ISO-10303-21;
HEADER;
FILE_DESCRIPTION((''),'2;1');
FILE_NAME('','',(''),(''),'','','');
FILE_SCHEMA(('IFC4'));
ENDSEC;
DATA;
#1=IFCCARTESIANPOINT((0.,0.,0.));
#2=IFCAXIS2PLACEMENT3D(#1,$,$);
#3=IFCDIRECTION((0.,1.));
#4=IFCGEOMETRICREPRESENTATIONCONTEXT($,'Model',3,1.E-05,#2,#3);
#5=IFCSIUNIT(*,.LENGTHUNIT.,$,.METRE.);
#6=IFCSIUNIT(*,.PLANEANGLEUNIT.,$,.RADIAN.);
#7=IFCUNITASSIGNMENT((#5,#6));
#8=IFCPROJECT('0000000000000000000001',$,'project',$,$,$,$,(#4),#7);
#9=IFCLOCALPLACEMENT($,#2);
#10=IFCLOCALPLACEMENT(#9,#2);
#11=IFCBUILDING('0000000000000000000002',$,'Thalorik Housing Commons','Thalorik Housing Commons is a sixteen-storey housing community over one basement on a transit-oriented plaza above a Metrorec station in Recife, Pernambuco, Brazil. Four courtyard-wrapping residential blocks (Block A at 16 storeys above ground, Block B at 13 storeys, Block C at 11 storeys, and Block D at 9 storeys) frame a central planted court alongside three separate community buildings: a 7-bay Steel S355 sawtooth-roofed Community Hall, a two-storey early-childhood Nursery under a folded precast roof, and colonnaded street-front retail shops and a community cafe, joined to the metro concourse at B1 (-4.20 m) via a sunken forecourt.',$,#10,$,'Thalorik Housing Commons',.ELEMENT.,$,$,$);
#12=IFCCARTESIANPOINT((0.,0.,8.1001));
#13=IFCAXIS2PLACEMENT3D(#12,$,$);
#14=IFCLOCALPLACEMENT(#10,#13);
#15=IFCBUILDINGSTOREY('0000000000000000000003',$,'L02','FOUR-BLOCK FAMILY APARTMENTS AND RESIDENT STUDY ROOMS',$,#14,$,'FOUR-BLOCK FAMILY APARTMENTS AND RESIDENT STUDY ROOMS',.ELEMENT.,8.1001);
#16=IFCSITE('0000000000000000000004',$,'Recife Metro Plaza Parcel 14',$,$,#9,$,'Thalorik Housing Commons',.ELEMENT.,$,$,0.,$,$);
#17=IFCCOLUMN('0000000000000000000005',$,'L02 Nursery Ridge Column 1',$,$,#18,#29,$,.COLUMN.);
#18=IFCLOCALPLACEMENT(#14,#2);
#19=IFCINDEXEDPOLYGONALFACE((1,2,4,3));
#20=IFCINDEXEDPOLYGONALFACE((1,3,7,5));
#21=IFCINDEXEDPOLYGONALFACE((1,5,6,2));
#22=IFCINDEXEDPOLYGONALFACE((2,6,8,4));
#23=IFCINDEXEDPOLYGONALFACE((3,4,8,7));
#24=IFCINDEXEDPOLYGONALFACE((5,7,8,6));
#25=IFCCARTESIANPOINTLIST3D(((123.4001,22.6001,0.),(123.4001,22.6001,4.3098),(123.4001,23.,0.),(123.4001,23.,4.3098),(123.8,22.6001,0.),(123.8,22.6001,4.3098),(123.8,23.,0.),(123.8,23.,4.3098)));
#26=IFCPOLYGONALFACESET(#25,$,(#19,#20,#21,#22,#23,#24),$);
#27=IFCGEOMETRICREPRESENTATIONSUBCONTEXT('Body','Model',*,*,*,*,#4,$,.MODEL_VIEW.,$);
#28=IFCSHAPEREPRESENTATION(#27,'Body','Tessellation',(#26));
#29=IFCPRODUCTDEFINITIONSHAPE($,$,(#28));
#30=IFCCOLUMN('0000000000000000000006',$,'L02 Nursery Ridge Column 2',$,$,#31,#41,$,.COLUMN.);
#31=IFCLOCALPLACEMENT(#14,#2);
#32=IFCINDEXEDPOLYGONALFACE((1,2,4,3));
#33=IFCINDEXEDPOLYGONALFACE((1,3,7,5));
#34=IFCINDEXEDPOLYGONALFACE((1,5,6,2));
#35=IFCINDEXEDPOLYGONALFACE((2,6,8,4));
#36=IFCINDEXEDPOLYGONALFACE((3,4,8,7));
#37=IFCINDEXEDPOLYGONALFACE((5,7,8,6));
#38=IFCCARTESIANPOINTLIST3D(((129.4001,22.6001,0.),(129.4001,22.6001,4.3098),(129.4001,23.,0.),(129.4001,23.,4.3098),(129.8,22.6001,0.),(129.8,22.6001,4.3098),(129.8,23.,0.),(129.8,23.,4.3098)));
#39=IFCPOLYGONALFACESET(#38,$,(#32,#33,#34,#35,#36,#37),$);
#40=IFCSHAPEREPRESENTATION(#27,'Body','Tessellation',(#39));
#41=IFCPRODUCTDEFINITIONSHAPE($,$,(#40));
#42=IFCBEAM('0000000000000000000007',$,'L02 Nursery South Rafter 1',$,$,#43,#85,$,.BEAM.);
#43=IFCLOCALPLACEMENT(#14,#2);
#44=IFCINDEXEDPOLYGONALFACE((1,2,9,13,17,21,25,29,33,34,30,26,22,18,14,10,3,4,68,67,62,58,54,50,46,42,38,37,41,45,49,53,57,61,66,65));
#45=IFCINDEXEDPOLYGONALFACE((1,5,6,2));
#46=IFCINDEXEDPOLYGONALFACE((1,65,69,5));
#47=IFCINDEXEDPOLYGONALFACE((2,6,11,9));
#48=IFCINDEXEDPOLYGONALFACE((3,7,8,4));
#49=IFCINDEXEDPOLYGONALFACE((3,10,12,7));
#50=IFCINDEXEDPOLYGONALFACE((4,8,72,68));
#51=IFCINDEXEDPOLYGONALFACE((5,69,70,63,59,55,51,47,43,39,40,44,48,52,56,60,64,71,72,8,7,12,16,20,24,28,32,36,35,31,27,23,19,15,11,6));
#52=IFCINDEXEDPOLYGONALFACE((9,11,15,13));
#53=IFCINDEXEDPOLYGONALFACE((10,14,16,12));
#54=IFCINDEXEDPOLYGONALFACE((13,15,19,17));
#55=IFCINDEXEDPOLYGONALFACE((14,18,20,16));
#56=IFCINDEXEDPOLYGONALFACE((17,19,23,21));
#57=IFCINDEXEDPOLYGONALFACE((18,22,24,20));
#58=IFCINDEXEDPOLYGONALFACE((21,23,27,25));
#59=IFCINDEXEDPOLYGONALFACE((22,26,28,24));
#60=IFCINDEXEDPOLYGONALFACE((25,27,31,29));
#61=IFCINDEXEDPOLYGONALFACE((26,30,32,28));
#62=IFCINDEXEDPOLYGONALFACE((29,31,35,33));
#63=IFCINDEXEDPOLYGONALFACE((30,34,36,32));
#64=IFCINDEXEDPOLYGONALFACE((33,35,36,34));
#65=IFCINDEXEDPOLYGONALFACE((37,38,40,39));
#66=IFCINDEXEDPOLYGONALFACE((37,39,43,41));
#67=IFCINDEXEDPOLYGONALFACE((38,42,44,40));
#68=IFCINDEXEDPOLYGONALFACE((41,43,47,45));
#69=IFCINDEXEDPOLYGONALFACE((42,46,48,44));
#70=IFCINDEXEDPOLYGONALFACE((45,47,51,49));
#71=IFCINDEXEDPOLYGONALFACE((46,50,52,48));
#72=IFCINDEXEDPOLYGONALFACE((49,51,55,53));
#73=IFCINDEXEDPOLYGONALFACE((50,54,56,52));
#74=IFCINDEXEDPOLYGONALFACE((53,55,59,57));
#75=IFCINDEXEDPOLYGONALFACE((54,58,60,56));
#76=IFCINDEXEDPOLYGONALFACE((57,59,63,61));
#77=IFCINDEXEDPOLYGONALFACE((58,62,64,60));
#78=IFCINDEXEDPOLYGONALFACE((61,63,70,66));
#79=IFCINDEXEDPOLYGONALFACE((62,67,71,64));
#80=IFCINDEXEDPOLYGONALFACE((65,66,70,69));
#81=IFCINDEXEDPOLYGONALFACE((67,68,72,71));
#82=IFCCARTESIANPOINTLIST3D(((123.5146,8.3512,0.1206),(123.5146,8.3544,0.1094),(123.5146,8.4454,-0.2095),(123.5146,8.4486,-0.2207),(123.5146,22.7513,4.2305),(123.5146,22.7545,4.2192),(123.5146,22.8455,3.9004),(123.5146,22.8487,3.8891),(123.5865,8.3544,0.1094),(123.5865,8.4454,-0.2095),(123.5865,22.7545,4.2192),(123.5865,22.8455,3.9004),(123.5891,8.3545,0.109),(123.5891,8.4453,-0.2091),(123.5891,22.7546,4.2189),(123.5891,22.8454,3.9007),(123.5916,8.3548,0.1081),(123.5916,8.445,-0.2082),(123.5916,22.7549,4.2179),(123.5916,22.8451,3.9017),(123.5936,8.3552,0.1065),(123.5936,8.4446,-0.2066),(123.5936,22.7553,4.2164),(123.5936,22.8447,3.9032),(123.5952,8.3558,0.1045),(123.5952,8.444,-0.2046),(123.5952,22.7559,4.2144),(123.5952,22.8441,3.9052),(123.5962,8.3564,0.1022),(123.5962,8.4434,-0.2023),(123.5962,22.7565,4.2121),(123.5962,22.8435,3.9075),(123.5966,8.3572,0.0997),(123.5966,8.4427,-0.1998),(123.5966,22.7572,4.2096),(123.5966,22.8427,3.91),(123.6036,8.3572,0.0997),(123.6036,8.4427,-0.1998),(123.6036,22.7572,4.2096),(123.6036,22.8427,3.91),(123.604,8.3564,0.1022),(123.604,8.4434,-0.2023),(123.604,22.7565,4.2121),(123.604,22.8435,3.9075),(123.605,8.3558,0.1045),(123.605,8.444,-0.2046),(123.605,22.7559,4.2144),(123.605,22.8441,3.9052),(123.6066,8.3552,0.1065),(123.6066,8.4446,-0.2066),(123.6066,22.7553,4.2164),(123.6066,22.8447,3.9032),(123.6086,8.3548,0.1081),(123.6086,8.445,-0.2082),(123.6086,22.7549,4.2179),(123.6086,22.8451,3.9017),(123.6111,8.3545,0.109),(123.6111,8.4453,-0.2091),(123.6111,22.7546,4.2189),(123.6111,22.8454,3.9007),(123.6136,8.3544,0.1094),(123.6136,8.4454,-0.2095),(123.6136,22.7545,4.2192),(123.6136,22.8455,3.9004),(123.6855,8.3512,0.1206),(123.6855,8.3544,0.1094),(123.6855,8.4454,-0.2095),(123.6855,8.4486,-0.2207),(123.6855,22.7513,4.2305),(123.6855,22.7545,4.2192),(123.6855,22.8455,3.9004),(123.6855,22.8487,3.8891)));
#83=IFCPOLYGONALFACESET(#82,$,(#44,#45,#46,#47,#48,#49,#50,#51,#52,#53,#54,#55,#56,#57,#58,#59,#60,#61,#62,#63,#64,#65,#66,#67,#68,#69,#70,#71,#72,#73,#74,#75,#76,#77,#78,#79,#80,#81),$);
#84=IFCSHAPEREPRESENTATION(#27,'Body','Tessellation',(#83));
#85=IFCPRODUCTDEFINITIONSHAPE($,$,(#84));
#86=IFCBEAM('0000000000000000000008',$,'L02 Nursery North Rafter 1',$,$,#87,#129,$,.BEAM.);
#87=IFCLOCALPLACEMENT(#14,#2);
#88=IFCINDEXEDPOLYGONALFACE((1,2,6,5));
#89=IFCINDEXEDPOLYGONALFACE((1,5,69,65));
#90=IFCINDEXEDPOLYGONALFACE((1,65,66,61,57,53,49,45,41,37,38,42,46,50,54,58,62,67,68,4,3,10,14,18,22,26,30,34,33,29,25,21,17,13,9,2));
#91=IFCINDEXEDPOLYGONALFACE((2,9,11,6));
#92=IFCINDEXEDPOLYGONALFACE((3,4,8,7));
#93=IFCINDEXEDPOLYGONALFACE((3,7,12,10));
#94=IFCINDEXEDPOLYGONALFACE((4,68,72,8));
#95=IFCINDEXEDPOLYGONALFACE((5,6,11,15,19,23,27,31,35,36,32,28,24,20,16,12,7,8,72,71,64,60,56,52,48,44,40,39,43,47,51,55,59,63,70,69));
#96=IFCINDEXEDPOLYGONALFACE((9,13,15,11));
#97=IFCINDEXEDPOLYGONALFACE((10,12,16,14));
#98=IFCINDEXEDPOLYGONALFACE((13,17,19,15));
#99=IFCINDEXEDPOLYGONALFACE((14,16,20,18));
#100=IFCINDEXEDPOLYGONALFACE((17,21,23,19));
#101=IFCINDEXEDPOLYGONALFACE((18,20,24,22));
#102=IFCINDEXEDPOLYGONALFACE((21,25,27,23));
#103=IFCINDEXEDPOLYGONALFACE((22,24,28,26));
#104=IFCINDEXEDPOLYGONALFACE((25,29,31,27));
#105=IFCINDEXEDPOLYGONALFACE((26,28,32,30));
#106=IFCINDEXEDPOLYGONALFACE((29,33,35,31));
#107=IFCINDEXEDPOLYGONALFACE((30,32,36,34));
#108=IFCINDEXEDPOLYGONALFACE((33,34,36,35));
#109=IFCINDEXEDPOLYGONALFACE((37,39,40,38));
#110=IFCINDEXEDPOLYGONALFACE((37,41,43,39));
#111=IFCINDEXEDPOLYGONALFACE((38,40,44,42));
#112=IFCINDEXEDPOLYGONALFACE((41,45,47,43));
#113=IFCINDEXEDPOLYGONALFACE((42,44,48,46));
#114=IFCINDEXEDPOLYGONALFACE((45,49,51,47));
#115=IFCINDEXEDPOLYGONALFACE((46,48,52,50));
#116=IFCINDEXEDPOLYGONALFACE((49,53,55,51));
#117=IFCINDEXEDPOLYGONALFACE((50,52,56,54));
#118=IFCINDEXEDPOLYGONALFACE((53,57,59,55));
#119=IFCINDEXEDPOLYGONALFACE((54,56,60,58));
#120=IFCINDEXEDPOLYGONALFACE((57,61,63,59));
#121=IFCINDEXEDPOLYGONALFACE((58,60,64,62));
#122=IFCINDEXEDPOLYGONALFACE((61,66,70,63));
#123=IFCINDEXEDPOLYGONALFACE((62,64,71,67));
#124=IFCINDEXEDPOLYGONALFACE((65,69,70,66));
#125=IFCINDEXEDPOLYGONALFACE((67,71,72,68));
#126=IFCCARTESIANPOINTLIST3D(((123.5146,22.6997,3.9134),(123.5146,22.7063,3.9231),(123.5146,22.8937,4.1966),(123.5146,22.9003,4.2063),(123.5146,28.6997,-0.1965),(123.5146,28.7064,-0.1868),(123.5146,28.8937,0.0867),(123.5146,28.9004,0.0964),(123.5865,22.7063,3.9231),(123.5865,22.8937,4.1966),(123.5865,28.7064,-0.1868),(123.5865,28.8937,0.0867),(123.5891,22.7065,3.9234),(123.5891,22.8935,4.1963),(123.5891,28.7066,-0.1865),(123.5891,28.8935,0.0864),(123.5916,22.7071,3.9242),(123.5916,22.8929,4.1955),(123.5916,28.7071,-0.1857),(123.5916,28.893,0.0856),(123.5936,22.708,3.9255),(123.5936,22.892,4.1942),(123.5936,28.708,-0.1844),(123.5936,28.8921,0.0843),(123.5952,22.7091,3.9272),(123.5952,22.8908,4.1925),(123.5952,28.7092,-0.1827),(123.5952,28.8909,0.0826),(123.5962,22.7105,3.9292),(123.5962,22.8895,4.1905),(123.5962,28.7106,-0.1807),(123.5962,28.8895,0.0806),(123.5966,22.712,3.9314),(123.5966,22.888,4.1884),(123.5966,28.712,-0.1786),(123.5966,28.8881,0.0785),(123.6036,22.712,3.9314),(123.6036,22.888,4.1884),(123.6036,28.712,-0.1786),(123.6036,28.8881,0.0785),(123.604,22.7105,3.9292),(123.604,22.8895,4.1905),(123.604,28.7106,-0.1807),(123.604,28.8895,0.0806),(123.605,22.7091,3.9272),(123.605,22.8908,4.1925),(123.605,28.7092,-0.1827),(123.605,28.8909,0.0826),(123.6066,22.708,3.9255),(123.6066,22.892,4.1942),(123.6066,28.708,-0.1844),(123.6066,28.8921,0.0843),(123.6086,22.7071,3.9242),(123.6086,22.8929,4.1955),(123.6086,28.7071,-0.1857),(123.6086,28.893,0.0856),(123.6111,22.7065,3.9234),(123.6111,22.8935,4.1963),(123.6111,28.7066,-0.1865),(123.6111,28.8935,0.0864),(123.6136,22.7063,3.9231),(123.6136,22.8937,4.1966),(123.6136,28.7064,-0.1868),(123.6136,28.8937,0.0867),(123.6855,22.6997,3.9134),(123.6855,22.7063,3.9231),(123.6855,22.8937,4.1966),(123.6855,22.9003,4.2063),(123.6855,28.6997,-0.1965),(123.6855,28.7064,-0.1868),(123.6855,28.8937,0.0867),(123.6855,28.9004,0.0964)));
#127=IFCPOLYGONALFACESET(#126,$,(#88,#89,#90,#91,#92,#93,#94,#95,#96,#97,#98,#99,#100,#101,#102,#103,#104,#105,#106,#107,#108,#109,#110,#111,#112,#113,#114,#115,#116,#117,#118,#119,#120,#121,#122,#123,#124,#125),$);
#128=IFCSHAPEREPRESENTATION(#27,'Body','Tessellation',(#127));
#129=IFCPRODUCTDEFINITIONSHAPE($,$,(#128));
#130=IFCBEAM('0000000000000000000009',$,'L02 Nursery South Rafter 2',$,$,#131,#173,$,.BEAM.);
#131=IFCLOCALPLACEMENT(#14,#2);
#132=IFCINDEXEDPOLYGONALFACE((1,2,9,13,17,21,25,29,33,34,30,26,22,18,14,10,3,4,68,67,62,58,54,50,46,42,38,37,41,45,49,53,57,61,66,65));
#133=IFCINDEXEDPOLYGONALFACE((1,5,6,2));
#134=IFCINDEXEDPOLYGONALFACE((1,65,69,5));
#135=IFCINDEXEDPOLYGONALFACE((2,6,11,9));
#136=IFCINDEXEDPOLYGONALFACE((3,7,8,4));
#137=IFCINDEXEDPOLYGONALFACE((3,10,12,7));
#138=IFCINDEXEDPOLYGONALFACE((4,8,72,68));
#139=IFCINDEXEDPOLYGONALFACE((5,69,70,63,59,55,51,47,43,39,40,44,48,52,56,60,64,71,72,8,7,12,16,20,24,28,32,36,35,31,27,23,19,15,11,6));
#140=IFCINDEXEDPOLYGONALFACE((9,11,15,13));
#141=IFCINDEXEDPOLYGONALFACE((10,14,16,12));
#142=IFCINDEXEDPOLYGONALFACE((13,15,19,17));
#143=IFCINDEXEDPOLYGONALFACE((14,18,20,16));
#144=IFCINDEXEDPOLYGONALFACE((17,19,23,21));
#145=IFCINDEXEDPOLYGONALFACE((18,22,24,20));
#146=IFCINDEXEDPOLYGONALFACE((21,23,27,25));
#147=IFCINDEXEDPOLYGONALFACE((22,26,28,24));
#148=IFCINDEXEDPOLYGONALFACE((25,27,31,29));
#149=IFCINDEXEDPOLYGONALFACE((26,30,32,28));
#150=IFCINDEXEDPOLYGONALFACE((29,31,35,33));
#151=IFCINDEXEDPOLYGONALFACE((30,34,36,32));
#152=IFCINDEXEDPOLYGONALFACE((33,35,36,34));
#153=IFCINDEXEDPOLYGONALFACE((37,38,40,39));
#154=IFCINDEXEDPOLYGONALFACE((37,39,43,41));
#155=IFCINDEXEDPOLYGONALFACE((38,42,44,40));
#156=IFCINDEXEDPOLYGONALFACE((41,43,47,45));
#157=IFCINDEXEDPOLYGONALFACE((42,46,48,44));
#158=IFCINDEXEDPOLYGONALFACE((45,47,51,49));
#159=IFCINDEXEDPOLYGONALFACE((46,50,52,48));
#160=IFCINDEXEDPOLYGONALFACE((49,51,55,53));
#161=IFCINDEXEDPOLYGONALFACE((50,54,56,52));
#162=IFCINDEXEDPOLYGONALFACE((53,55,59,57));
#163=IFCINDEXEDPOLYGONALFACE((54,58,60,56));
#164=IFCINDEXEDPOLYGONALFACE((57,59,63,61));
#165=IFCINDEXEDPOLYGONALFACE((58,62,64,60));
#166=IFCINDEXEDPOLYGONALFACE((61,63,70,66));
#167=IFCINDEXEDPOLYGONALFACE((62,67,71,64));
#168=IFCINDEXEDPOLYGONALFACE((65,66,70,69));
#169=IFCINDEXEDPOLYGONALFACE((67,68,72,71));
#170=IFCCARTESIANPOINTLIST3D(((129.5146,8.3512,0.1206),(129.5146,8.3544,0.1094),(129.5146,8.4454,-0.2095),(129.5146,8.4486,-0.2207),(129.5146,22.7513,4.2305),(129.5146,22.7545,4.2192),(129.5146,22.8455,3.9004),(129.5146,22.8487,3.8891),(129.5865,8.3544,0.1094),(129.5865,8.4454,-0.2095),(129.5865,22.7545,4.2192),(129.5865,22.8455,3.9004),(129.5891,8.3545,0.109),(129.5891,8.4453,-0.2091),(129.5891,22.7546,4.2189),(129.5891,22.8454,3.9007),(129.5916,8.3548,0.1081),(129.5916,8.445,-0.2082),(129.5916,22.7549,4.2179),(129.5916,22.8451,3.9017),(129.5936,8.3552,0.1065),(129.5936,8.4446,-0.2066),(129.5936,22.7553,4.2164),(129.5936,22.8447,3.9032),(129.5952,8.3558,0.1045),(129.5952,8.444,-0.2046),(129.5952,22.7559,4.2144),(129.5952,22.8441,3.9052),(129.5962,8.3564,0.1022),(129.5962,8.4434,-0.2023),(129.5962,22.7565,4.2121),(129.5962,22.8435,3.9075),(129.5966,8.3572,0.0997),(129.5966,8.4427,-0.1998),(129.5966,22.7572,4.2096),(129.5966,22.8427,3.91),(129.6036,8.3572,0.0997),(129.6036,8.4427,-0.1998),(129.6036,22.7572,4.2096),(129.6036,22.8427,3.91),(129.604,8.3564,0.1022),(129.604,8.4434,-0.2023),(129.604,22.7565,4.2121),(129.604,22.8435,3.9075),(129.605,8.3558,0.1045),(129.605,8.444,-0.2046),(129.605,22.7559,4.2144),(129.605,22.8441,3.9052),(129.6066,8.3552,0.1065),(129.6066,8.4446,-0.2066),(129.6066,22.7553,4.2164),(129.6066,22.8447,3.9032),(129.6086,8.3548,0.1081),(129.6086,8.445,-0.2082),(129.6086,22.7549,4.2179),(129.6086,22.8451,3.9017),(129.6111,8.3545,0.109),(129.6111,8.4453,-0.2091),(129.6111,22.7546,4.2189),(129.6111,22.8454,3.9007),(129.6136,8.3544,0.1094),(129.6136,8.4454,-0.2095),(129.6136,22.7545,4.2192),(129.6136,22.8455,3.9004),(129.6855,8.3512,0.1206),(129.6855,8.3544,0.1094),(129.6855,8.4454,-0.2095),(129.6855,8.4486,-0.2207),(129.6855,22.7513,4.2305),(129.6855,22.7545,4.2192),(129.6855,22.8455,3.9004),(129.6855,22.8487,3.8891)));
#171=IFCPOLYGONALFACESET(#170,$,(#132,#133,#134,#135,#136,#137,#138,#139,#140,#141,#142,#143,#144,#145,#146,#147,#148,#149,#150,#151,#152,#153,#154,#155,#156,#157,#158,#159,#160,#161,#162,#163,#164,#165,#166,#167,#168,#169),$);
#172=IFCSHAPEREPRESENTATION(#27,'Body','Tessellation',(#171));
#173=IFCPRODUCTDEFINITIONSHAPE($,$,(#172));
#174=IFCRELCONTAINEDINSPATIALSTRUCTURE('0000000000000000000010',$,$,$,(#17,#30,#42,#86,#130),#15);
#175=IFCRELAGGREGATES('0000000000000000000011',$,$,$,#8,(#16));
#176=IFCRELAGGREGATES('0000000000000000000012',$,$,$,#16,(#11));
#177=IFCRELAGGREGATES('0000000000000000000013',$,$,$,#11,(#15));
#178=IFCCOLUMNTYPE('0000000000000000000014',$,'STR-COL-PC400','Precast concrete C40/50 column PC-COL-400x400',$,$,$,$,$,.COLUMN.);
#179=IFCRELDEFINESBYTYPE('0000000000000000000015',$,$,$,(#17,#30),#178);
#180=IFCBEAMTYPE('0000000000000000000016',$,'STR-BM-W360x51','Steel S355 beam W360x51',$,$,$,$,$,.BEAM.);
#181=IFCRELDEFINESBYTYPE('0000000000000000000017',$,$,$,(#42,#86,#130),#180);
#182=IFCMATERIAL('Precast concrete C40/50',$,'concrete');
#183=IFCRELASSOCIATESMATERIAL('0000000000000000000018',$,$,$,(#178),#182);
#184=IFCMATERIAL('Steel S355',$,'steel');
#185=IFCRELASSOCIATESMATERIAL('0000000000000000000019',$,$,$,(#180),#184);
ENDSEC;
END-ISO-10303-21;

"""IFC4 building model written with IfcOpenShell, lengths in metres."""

from ifc_helpers import new_model, si_unit, direction, frame, origin, origin_2d, place, context, subcontext, project, spatial, rectangle, i_section, extrude, material, material_profile, profile_set, type_object, element, save


model = new_model("IFC4")

# Units and contexts
model_context = context("Model", 3, precision=1e-05, world=origin(), true_north=direction((0.0, 1.0)))
body_context = subcontext(model_context, "Body", "Model", "MODEL_VIEW")
ifc_project = project(units=[si_unit("LENGTHUNIT", "METRE"), si_unit("PLANEANGLEUNIT", "RADIAN")], contexts=[model_context])

# Site, building, storey
site_placement = place(None, origin())
site = spatial("IfcSite", under=ifc_project, at=site_placement, Name="Recife Metro Plaza Parcel 14", LongName="Thalorik Housing Commons", CompositionType="ELEMENT", RefElevation=0.0)
building_placement = place(site_placement, origin())
building = spatial("IfcBuilding", under=site, at=building_placement, Name="Thalorik Housing Commons", Description="Thalorik Housing Commons is a sixteen-storey housing community over one basement on a transit-oriented plaza above a Metrorec station in Recife, Pernambuco, Brazil. Four courtyard-wrapping residential blocks (Block A at 16 storeys above ground, Block B at 13 storeys, Block C at 11 storeys, and Block D at 9 storeys) frame a central planted court alongside three separate community buildings: a 7-bay Steel S355 sawtooth-roofed Community Hall, a two-storey early-childhood Nursery under a folded precast roof, and colonnaded street-front retail shops and a community cafe, joined to the metro concourse at B1 (-4.20 m) via a sunken forecourt.", LongName="Thalorik Housing Commons", CompositionType="ELEMENT")
storey_placement = place(building_placement, frame((0.0, 0.0, 8.1001)))
storey = spatial("IfcBuildingStorey", under=building, at=storey_placement, Name="L02", Description="FOUR-BLOCK FAMILY APARTMENTS AND RESIDENT STUDY ROOMS", LongName="FOUR-BLOCK FAMILY APARTMENTS AND RESIDENT STUDY ROOMS", CompositionType="ELEMENT", Elevation=8.1001)

# Columns
ifc_material_1 = material(Name="Precast concrete C40/50", Category="concrete")
ifc_material_profile_1 = material_profile(ifc_material_1, rectangle(XDim=0.3999, YDim=0.3999, at=origin_2d()), Name="PC 400x400", Category="concrete")
ifc_profile_set_1 = profile_set([ifc_material_profile_1], Name="Precast concrete C40/50")
column_type = type_object("IfcColumnType", Name="STR-COL-PC400", Description="Precast concrete C40/50 column PC-COL-400x400", PredefinedType="COLUMN", material=ifc_profile_set_1)
for number, where, z_axis, x_axis, name in (
    (1, (123.6001, 22.8, 0.0), (0.0, 0.0, 1.0), (1.0, 0.0, 0.0), "L02 Nursery Ridge Column 1"),
    (2, (129.6001, 22.8, 0.0), (0.0, 0.0, 1.0), (1.0, 0.0, 0.0), "L02 Nursery Ridge Column 2"),
):
    element("IfcColumn", number, at=place(storey_placement, frame(where, z_axis=z_axis, x_axis=x_axis)), inside=storey, type_object=column_type, Name=name, PredefinedType="COLUMN", context=body_context, shape_type="SweptSolid", body=[
        extrude(rectangle(XDim=0.3999, YDim=0.3999, at=origin_2d()), origin(), (0.0, 0.0, 1.0), 4.3098),
    ])

# Beams
ifc_material_2 = material(Name="Steel S355", Category="steel")
ifc_material_profile_2 = material_profile(ifc_material_2, i_section(OverallWidth=0.1709, OverallDepth=0.355, WebThickness=0.0071, FlangeThickness=0.0117, FilletRadius=0.01, at=origin_2d()), Name="W360x51", Category="steel")
ifc_profile_set_2 = profile_set([ifc_material_profile_2], Name="Steel S355")
beam_type_1 = type_object("IfcBeamType", Name="STR-BM-W360x51", Description="Steel S355 beam W360x51", PredefinedType="BEAM", material=ifc_profile_set_2)
beam_1_placement = place(storey_placement, frame((123.6001, 8.3999, -0.05), z_axis=(0.0, 0.961603, 0.274446), x_axis=(-1.0, 0.0, 0.0)))
element("IfcBeam", 3, at=beam_1_placement, inside=storey, type_object=beam_type_1, Name="L02 Nursery South Rafter 1", PredefinedType="BEAM", context=body_context, shape_type="SweptSolid", body=[
    extrude(i_section(OverallWidth=0.1709, OverallDepth=0.355, WebThickness=0.0071, FlangeThickness=0.0117, FilletRadius=0.01, at=origin_2d()), origin(), (0.0, 0.0, 1.0), 14.9751),
])
beam_2_placement = place(storey_placement, frame((123.6001, 28.8, -0.05), z_axis=(0.0, -0.825012, 0.565115), x_axis=(1.0, 0.0, 0.0)))
element("IfcBeam", 4, at=beam_2_placement, inside=storey, type_object=beam_type_1, Name="L02 Nursery North Rafter 1", PredefinedType="BEAM", context=body_context, shape_type="SweptSolid", body=[
    extrude(i_section(OverallWidth=0.1709, OverallDepth=0.355, WebThickness=0.0071, FlangeThickness=0.0117, FilletRadius=0.01, at=origin_2d()), origin(), (0.0, 0.0, 1.0), 7.2727),
])
beam_3_placement = place(storey_placement, frame((129.6001, 8.3999, -0.05), z_axis=(0.0, 0.961603, 0.274446), x_axis=(-1.0, 0.0, 0.0)))
element("IfcBeam", 5, at=beam_3_placement, inside=storey, type_object=beam_type_1, Name="L02 Nursery South Rafter 2", PredefinedType="BEAM", context=body_context, shape_type="SweptSolid", body=[
    extrude(i_section(OverallWidth=0.1709, OverallDepth=0.355, WebThickness=0.0071, FlangeThickness=0.0117, FilletRadius=0.01, at=origin_2d()), origin(), (0.0, 0.0, 1.0), 14.9751),
])

save(model, "model.ifc")
